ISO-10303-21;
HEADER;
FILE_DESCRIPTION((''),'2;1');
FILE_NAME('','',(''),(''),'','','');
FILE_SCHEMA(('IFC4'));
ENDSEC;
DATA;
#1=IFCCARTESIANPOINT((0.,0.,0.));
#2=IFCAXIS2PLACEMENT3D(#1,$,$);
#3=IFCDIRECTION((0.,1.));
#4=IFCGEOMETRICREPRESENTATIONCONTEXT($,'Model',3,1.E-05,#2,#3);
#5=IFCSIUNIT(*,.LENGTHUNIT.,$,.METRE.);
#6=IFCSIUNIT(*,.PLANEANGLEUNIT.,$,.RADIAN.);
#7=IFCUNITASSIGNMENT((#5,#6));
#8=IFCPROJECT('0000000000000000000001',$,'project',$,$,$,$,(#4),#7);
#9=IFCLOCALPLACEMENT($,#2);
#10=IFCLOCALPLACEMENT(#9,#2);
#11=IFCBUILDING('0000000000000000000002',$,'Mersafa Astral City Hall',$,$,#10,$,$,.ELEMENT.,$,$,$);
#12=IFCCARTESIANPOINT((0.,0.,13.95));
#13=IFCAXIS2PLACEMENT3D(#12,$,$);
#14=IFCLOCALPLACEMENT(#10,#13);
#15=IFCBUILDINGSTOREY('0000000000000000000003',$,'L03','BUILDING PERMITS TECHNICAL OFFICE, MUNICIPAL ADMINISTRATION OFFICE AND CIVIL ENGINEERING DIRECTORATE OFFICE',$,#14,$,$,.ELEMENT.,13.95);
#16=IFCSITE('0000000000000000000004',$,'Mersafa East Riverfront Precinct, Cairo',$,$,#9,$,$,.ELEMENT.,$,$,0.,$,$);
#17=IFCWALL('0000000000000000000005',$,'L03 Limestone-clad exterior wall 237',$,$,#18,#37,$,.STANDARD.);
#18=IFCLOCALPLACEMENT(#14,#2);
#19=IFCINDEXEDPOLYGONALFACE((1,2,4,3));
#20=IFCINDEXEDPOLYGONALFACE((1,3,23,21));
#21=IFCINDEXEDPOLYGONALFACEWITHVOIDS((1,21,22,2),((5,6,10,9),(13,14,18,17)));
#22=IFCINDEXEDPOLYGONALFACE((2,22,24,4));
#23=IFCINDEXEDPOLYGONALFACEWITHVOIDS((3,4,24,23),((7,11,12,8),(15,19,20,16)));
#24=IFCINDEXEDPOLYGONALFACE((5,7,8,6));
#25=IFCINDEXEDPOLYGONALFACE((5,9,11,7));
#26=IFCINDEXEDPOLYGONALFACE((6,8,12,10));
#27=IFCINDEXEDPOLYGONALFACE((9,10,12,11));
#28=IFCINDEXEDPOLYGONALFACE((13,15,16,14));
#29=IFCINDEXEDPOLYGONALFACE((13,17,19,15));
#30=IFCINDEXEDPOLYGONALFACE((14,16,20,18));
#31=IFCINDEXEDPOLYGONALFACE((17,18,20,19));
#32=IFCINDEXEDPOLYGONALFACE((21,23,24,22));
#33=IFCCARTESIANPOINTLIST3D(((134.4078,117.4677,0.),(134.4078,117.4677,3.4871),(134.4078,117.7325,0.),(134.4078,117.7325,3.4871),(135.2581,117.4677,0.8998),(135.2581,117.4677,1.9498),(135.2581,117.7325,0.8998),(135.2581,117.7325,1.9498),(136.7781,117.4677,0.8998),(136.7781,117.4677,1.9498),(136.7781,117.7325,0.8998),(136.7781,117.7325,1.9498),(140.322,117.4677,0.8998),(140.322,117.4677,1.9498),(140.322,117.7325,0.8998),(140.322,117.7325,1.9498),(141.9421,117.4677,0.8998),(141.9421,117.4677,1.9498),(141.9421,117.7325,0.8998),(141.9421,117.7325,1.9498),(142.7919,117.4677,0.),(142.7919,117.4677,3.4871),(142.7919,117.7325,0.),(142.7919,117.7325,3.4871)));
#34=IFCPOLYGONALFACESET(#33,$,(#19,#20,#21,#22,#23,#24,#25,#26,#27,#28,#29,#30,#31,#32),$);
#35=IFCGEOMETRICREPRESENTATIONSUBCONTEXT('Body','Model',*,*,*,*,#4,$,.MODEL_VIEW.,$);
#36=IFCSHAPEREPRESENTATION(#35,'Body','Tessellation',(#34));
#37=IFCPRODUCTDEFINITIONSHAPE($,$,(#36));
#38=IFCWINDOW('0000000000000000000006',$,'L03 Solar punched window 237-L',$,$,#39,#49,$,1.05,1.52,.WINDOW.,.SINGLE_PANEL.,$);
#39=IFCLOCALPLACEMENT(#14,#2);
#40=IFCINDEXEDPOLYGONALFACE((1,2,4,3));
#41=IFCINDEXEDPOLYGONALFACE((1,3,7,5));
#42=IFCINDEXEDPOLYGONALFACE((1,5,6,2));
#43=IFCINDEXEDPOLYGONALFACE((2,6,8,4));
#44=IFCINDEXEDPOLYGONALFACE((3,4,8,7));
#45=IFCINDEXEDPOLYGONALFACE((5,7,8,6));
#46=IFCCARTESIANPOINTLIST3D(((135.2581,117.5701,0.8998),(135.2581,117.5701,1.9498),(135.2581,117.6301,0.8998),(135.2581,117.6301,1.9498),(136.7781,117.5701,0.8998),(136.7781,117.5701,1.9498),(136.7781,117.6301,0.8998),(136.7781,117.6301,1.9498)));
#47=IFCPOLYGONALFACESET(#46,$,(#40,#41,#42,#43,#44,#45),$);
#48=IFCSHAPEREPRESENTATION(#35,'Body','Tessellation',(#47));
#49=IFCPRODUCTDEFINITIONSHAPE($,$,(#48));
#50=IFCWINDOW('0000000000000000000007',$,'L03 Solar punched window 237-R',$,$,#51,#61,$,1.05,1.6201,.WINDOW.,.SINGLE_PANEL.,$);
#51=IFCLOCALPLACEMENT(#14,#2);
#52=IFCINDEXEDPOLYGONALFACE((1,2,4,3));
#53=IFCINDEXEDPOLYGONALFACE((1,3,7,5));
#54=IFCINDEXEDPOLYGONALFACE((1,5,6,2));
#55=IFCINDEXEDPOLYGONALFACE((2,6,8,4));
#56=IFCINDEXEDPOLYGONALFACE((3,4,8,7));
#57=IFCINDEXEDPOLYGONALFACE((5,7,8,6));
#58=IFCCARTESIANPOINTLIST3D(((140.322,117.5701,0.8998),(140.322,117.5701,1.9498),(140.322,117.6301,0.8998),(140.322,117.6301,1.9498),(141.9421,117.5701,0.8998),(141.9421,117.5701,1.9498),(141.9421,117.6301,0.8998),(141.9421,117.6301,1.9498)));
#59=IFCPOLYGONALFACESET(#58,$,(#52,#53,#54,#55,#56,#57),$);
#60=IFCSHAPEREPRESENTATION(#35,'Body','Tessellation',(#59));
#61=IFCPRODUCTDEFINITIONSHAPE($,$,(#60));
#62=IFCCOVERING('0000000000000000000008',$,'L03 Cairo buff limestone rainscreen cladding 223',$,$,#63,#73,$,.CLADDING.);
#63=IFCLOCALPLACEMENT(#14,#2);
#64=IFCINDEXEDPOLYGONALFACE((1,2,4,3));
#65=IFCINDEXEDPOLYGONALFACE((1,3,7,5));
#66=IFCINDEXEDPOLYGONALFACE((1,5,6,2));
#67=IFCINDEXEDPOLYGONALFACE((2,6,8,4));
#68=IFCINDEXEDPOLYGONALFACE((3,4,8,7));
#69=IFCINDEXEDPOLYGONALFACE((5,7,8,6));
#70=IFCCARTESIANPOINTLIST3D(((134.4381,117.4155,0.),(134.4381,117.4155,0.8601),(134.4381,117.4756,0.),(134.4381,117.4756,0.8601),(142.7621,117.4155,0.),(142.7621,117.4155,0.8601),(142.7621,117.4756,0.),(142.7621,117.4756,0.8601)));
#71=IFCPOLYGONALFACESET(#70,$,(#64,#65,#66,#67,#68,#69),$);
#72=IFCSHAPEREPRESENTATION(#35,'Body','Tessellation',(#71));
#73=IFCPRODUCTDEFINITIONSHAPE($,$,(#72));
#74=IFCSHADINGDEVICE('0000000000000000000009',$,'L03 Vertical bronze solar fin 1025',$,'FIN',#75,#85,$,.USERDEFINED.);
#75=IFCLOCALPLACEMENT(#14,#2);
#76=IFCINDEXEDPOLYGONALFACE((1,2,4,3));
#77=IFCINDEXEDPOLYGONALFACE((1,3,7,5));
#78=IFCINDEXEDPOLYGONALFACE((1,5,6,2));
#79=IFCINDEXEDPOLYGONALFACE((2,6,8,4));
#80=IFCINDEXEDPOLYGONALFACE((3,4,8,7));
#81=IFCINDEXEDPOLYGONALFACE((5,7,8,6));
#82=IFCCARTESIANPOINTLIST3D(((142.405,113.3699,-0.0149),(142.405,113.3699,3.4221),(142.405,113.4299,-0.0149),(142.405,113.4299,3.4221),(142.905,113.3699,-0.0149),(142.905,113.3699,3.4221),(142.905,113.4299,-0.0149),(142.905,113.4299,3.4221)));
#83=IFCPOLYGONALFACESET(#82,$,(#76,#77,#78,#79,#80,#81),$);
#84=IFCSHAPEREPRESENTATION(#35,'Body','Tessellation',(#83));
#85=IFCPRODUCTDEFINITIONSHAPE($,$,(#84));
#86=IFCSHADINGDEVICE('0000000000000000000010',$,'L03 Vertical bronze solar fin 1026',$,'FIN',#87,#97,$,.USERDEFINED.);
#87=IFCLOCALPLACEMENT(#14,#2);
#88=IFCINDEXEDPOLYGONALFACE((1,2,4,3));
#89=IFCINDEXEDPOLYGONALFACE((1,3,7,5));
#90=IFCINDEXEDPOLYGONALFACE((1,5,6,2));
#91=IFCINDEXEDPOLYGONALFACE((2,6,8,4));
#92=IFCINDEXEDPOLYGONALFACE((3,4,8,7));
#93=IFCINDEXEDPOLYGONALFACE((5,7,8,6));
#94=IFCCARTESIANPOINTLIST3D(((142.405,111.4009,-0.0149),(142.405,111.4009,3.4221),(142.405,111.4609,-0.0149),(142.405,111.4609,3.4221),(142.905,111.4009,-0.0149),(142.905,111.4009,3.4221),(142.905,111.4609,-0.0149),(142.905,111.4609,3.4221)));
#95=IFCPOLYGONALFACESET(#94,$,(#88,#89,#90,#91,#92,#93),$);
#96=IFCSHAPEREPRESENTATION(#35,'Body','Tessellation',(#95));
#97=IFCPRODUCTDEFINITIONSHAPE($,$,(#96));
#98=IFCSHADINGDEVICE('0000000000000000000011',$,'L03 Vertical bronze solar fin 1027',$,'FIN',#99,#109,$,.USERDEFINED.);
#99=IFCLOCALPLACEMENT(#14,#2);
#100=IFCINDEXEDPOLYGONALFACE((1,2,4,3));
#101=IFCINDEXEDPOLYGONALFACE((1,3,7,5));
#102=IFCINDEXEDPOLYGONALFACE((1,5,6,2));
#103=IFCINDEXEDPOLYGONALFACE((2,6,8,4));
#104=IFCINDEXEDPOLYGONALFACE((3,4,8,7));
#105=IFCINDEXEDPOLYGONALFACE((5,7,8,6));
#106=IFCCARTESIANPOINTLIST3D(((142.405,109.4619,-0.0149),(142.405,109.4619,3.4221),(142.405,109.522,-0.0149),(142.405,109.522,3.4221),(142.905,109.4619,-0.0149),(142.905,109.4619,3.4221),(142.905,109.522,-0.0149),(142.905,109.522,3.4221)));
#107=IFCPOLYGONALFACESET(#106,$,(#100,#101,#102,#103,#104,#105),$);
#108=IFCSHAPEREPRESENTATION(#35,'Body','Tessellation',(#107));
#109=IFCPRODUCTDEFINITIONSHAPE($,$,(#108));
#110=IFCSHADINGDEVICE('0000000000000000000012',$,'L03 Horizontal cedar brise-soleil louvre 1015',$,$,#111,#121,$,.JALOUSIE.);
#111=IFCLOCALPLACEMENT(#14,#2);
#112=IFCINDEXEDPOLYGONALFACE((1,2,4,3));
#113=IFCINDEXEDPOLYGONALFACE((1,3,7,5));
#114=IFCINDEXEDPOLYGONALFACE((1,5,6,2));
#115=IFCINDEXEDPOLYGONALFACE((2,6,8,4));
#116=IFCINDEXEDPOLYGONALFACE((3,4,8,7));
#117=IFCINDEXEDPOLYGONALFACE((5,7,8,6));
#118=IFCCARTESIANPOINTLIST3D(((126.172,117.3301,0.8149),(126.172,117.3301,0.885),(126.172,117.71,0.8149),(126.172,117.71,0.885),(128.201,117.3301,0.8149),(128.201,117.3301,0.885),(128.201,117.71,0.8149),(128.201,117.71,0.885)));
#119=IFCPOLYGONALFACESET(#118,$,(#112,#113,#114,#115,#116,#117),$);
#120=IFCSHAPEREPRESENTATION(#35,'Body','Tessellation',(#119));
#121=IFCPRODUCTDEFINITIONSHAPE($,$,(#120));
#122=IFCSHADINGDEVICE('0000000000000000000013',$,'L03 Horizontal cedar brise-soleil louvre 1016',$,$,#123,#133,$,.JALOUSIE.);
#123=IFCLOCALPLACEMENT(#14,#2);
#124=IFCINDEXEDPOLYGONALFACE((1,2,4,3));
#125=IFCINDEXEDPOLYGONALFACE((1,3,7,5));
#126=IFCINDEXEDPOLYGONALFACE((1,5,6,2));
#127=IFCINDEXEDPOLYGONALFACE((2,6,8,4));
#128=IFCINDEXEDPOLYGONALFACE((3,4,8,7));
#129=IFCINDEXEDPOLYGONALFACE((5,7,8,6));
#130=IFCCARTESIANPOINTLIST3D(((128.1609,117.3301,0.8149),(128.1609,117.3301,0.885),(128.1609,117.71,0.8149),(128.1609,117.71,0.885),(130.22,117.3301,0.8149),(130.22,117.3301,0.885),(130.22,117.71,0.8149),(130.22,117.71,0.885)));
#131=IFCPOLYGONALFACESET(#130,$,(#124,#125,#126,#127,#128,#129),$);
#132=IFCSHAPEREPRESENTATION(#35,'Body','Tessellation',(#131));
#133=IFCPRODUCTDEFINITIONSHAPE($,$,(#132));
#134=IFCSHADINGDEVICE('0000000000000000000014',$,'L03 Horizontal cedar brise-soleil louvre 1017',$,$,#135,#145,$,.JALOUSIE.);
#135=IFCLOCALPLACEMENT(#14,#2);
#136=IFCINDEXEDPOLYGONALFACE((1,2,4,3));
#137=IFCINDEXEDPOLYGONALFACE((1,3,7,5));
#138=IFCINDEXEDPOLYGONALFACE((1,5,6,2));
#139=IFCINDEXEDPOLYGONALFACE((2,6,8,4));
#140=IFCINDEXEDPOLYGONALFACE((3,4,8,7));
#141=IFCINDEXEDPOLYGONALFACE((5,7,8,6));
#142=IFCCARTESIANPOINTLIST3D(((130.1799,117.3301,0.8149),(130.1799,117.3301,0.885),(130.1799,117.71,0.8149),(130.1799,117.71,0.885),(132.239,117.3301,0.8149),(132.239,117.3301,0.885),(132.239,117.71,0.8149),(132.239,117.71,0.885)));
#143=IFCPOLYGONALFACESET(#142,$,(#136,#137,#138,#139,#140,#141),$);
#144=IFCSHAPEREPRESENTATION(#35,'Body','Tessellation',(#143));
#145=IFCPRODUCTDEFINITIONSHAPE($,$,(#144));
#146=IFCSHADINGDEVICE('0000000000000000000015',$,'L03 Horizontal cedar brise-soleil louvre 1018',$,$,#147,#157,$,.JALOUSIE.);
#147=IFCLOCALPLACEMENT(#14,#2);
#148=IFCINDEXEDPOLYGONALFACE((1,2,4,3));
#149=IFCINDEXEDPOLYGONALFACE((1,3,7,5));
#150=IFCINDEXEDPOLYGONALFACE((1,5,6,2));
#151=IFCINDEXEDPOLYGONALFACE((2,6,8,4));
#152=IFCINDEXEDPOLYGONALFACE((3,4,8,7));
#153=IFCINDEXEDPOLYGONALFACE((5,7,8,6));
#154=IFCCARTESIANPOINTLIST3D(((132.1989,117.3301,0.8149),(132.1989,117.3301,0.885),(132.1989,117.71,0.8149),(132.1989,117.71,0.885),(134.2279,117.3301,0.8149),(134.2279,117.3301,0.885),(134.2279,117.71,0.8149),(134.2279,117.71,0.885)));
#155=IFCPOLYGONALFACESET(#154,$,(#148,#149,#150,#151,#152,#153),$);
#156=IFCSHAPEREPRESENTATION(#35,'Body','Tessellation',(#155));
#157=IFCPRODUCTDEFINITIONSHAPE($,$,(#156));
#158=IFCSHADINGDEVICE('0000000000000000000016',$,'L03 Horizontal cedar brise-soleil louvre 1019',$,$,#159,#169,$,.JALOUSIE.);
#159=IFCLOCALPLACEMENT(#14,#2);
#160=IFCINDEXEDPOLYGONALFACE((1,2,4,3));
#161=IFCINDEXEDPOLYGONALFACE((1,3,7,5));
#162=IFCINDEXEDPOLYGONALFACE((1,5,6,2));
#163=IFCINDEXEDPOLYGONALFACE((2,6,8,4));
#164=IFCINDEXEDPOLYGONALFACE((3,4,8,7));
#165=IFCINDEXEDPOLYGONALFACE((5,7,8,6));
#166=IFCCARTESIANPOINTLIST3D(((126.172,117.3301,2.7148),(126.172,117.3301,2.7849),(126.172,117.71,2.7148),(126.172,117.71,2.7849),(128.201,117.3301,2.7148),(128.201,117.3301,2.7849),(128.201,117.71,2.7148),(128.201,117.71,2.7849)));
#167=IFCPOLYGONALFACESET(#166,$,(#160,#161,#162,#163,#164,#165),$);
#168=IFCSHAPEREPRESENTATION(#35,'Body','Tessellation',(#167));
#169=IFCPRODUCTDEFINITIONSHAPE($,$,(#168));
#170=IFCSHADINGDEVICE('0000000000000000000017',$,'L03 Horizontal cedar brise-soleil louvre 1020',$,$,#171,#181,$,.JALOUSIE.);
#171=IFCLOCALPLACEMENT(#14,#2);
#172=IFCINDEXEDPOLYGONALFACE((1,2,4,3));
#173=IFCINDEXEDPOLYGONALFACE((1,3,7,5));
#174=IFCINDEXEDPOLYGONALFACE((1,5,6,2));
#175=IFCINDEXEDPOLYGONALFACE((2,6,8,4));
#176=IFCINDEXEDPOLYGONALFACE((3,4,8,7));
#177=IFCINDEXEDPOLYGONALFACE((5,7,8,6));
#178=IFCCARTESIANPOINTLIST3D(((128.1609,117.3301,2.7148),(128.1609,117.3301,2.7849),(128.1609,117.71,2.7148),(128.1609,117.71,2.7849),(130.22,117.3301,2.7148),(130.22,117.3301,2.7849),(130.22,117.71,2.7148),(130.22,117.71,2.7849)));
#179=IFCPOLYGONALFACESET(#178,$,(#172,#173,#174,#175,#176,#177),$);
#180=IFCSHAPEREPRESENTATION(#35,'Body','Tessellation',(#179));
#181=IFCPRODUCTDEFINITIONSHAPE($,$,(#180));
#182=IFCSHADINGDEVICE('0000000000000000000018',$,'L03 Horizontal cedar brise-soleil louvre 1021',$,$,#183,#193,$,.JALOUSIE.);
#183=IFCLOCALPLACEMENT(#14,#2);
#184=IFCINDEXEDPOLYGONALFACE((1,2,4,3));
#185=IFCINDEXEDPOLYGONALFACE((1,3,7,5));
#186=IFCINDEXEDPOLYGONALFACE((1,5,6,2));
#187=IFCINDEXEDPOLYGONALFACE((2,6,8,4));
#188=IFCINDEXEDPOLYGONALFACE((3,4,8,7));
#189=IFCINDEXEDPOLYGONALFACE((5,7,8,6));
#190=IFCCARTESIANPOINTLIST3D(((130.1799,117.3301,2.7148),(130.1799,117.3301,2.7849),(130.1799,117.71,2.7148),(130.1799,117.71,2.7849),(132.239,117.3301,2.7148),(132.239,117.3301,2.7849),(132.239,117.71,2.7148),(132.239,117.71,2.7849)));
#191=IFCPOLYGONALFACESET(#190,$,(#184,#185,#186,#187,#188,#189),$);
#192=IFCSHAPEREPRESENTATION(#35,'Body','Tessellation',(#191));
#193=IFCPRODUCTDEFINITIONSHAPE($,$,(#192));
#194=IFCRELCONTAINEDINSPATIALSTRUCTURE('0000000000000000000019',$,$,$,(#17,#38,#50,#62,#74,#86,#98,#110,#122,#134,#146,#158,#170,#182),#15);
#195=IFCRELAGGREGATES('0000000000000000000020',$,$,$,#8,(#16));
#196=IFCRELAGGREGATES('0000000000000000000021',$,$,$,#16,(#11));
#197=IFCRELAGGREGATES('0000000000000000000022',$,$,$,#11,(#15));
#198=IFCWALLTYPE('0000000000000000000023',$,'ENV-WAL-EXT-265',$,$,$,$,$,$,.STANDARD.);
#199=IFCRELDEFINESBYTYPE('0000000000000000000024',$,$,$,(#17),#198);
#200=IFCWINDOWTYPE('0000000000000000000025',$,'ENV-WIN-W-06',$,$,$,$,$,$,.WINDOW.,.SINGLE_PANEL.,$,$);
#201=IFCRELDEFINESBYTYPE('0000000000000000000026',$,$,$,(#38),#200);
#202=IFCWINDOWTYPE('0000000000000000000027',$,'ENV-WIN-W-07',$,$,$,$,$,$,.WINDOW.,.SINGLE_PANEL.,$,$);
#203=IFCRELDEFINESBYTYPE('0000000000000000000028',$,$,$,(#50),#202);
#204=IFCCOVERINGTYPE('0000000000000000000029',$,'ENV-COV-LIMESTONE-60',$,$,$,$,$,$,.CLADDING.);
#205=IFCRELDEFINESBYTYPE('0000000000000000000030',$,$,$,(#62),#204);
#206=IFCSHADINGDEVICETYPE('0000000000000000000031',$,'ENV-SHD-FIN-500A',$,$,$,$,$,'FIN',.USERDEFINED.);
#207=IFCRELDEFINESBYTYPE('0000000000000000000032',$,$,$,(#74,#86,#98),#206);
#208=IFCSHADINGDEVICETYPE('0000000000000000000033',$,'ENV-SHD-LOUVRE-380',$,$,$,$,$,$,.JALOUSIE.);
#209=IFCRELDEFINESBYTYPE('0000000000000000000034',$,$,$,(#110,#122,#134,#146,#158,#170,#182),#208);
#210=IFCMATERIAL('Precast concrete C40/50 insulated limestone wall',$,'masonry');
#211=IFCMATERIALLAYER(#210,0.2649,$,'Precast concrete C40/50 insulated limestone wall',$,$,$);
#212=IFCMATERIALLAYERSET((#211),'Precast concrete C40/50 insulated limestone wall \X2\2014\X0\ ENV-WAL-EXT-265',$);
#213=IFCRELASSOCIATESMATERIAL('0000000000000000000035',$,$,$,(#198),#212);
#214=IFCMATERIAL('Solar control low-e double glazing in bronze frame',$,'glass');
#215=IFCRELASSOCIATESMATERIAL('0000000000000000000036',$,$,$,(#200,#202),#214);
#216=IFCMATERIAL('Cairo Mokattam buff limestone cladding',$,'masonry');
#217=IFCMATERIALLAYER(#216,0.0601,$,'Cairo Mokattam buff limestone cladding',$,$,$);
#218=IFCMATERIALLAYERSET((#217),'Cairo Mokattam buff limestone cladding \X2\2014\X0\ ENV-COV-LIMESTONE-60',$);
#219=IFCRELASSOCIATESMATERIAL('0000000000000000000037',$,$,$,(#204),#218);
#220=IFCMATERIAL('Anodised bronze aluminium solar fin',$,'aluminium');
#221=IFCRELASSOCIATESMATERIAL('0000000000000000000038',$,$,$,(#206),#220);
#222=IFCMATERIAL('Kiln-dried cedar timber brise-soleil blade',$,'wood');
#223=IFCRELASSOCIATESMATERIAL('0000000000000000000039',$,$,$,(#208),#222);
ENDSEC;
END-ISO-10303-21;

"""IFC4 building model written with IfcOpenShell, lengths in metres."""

from ifc_helpers import new_model, si_unit, direction, frame, frame_2d, origin, origin_2d, place, context, subcontext, project, spatial, rectangle, extrude, material, layer, layer_set, type_object, element, fill, save


model = new_model("IFC4")

# Units and contexts
model_context = context("Model", 3, precision=1e-05, world=origin(), true_north=direction((0.0, 1.0)))
body_context = subcontext(model_context, "Body", "Model", "MODEL_VIEW")
ifc_project = project(units=[si_unit("LENGTHUNIT", "METRE"), si_unit("PLANEANGLEUNIT", "RADIAN")], contexts=[model_context])

# Site, building, storey
site_placement = place(None, origin())
site = spatial("IfcSite", under=ifc_project, at=site_placement, Name="Mersafa East Riverfront Precinct, Cairo", CompositionType="ELEMENT", RefElevation=0.0)
building_placement = place(site_placement, origin())
building = spatial("IfcBuilding", under=site, at=building_placement, Name="Mersafa Astral City Hall", CompositionType="ELEMENT")
storey_placement = place(building_placement, frame((0.0, 0.0, 13.95)))
storey = spatial("IfcBuildingStorey", under=building, at=storey_placement, Name="L03", Description="BUILDING PERMITS TECHNICAL OFFICE, MUNICIPAL ADMINISTRATION OFFICE AND CIVIL ENGINEERING DIRECTORATE OFFICE", CompositionType="ELEMENT", Elevation=13.95)

# Wall, openings, windows
ifc_material_1 = material(Name="Precast concrete C40/50 insulated limestone wall", Category="masonry")
ifc_layer_1 = layer(ifc_material_1, 0.2649, Name="Precast concrete C40/50 insulated limestone wall")
ifc_layer_set_1 = layer_set([ifc_layer_1], Name="Precast concrete C40/50 insulated limestone wall — ENV-WAL-EXT-265")
wall_type = type_object("IfcWallType", Name="ENV-WAL-EXT-265", PredefinedType="STANDARD", material=ifc_layer_set_1)
wall_placement = place(storey_placement, frame((134.408, 117.6001, 0.0), z_axis=(0.0, 0.0, 1.0), x_axis=(1.0, 0.0, 0.0)))
wall = element("IfcWall", 1, at=wall_placement, inside=storey, type_object=wall_type, Name="L03 Limestone-clad exterior wall 237", PredefinedType="STANDARD", context=body_context, shape_type="SweptSolid", body=[
    extrude(rectangle(XDim=8.384, YDim=0.2649, at=frame_2d((4.1919, 0.0))), origin(), (0.0, 0.0, 1.0), 3.4871),
])
opening_1_placement = place(wall_placement, frame((0.8501, 0.0, 0.8999)))
opening_1 = element("IfcOpeningElement", 2, at=opening_1_placement, cuts=wall, PredefinedType="OPENING", context=body_context, shape_type="SweptSolid", body=[
    extrude(rectangle(XDim=1.52, YDim=1.05, at=frame_2d((0.76, 0.5249))), frame((0.0, 0.1423, 0.0), z_axis=(0.0, -1.0, 0.0), x_axis=(1.0, 0.0, 0.0)), (0.0, 0.0, 1.0), 0.2849),
])
opening_2_placement = place(wall_placement, frame((5.9141, 0.0, 0.8999)))
opening_2 = element("IfcOpeningElement", 3, at=opening_2_placement, cuts=wall, PredefinedType="OPENING", context=body_context, shape_type="SweptSolid", body=[
    extrude(rectangle(XDim=1.6201, YDim=1.05, at=frame_2d((0.8101, 0.5249))), frame((0.0, 0.1423, 0.0), z_axis=(0.0, -1.0, 0.0), x_axis=(1.0, 0.0, 0.0)), (0.0, 0.0, 1.0), 0.2849),
])
ifc_material_2 = material(Name="Solar control low-e double glazing in bronze frame", Category="glass")
window_type_1 = type_object("IfcWindowType", Name="ENV-WIN-W-06", PartitioningType="SINGLE_PANEL", PredefinedType="WINDOW", material=ifc_material_2)
window_1_placement = place(opening_1_placement, origin())
window_1 = element("IfcWindow", 4, at=window_1_placement, inside=storey, type_object=window_type_1, Name="L03 Solar punched window 237-L", OverallHeight=1.05, OverallWidth=1.52, PartitioningType="SINGLE_PANEL", PredefinedType="WINDOW", context=body_context, shape_type="SweptSolid", body=[
    extrude(rectangle(XDim=1.52, YDim=1.05, at=frame_2d((0.76, 0.5249))), frame((0.0, 0.03, 0.0), z_axis=(0.0, -1.0, 0.0), x_axis=(1.0, 0.0, 0.0)), (0.0, 0.0, 1.0), 0.0601),
])
fill(opening_1, window_1)
window_type_2 = type_object("IfcWindowType", Name="ENV-WIN-W-07", PartitioningType="SINGLE_PANEL", PredefinedType="WINDOW", material=ifc_material_2)
window_2_placement = place(opening_2_placement, origin())
window_2 = element("IfcWindow", 5, at=window_2_placement, inside=storey, type_object=window_type_2, Name="L03 Solar punched window 237-R", OverallHeight=1.05, OverallWidth=1.6201, PartitioningType="SINGLE_PANEL", PredefinedType="WINDOW", context=body_context, shape_type="SweptSolid", body=[
    extrude(rectangle(XDim=1.6201, YDim=1.05, at=frame_2d((0.8101, 0.5249))), frame((0.0, 0.03, 0.0), z_axis=(0.0, -1.0, 0.0), x_axis=(1.0, 0.0, 0.0)), (0.0, 0.0, 1.0), 0.0601),
])
fill(opening_2, window_2)

# Covering
ifc_material_3 = material(Name="Cairo Mokattam buff limestone cladding", Category="masonry")
ifc_layer_2 = layer(ifc_material_3, 0.0601, Name="Cairo Mokattam buff limestone cladding")
ifc_layer_set_2 = layer_set([ifc_layer_2], Name="Cairo Mokattam buff limestone cladding — ENV-COV-LIMESTONE-60")
covering_type = type_object("IfcCoveringType", Name="ENV-COV-LIMESTONE-60", PredefinedType="CLADDING", material=ifc_layer_set_2)
covering_placement = place(storey_placement, frame((138.6001, 117.4456, 0.0), z_axis=(0.0, 0.0, 1.0), x_axis=(1.0, 0.0, 0.0)))
element("IfcCovering", 6, at=covering_placement, inside=storey, type_object=covering_type, Name="L03 Cairo buff limestone rainscreen cladding 223", PredefinedType="CLADDING", context=body_context, shape_type="SweptSolid", body=[
    extrude(rectangle(XDim=8.324, YDim=0.0601, at=origin_2d()), origin(), (0.0, 0.0, 1.0), 0.8601),
])

# Shading devices
ifc_material_4 = material(Name="Anodised bronze aluminium solar fin", Category="aluminium")
shading_device_type_1 = type_object("IfcShadingDeviceType", Name="ENV-SHD-FIN-500A", ElementType="FIN", PredefinedType="USERDEFINED", material=ifc_material_4)
for number, where, z_axis, x_axis, name in (
    (7, (142.655, 113.3999, -0.0149), (0.0, 0.0, 1.0), (0.0, -1.0, 0.0), "L03 Vertical bronze solar fin 1025"),
    (8, (142.655, 111.4309, -0.0149), (0.0, 0.0, 1.0), (0.0, -1.0, 0.0), "L03 Vertical bronze solar fin 1026"),
    (9, (142.655, 109.4919, -0.0149), (0.0, 0.0, 1.0), (0.0, -1.0, 0.0), "L03 Vertical bronze solar fin 1027"),
):
    element("IfcShadingDevice", number, at=place(storey_placement, frame(where, z_axis=z_axis, x_axis=x_axis)), inside=storey, type_object=shading_device_type_1, Name=name, ObjectType="FIN", PredefinedType="USERDEFINED", context=body_context, shape_type="SweptSolid", body=[
        extrude(rectangle(XDim=0.0601, YDim=0.5, at=origin_2d()), origin(), (0.0, 0.0, 1.0), 3.437),
    ])
ifc_material_5 = material(Name="Kiln-dried cedar timber brise-soleil blade", Category="wood")
shading_device_type_2 = type_object("IfcShadingDeviceType", Name="ENV-SHD-LOUVRE-380", PredefinedType="JALOUSIE", material=ifc_material_5)
shading_device_1_placement = place(storey_placement, frame((127.1865, 117.52, 0.8149), z_axis=(0.0, 0.0, 1.0), x_axis=(1.0, 0.0, 0.0)))
element("IfcShadingDevice", 10, at=shading_device_1_placement, inside=storey, type_object=shading_device_type_2, Name="L03 Horizontal cedar brise-soleil louvre 1015", PredefinedType="JALOUSIE", context=body_context, shape_type="SweptSolid", body=[
    extrude(rectangle(XDim=2.0291, YDim=0.3799, at=origin_2d()), origin(), (0.0, 0.0, 1.0), 0.0701),
])
for number, where, z_axis, x_axis, name in (
    (11, (129.1904, 117.52, 0.8149), (0.0, 0.0, 1.0), (1.0, 0.0, 0.0), "L03 Horizontal cedar brise-soleil louvre 1016"),
    (12, (131.2095, 117.52, 0.8149), (0.0, 0.0, 1.0), (1.0, 0.0, 0.0), "L03 Horizontal cedar brise-soleil louvre 1017"),
):
    element("IfcShadingDevice", number, at=place(storey_placement, frame(where, z_axis=z_axis, x_axis=x_axis)), inside=storey, type_object=shading_device_type_2, Name=name, PredefinedType="JALOUSIE", context=body_context, shape_type="SweptSolid", body=[
        extrude(rectangle(XDim=2.0591, YDim=0.3799, at=origin_2d()), origin(), (0.0, 0.0, 1.0), 0.0701),
    ])
for number, where, z_axis, x_axis, name in (
    (13, (133.2134, 117.52, 0.8149), (0.0, 0.0, 1.0), (1.0, 0.0, 0.0), "L03 Horizontal cedar brise-soleil louvre 1018"),
    (14, (127.1865, 117.52, 2.7148), (0.0, 0.0, 1.0), (1.0, 0.0, 0.0), "L03 Horizontal cedar brise-soleil louvre 1019"),
):
    element("IfcShadingDevice", number, at=place(storey_placement, frame(where, z_axis=z_axis, x_axis=x_axis)), inside=storey, type_object=shading_device_type_2, Name=name, PredefinedType="JALOUSIE", context=body_context, shape_type="SweptSolid", body=[
        extrude(rectangle(XDim=2.0291, YDim=0.3799, at=origin_2d()), origin(), (0.0, 0.0, 1.0), 0.0701),
    ])
for number, where, z_axis, x_axis, name in (
    (15, (129.1904, 117.52, 2.7148), (0.0, 0.0, 1.0), (1.0, 0.0, 0.0), "L03 Horizontal cedar brise-soleil louvre 1020"),
    (16, (131.2095, 117.52, 2.7148), (0.0, 0.0, 1.0), (1.0, 0.0, 0.0), "L03 Horizontal cedar brise-soleil louvre 1021"),
):
    element("IfcShadingDevice", number, at=place(storey_placement, frame(where, z_axis=z_axis, x_axis=x_axis)), inside=storey, type_object=shading_device_type_2, Name=name, PredefinedType="JALOUSIE", context=body_context, shape_type="SweptSolid", body=[
        extrude(rectangle(XDim=2.0591, YDim=0.3799, at=origin_2d()), origin(), (0.0, 0.0, 1.0), 0.0701),
    ])

save(model, "model.ifc")
